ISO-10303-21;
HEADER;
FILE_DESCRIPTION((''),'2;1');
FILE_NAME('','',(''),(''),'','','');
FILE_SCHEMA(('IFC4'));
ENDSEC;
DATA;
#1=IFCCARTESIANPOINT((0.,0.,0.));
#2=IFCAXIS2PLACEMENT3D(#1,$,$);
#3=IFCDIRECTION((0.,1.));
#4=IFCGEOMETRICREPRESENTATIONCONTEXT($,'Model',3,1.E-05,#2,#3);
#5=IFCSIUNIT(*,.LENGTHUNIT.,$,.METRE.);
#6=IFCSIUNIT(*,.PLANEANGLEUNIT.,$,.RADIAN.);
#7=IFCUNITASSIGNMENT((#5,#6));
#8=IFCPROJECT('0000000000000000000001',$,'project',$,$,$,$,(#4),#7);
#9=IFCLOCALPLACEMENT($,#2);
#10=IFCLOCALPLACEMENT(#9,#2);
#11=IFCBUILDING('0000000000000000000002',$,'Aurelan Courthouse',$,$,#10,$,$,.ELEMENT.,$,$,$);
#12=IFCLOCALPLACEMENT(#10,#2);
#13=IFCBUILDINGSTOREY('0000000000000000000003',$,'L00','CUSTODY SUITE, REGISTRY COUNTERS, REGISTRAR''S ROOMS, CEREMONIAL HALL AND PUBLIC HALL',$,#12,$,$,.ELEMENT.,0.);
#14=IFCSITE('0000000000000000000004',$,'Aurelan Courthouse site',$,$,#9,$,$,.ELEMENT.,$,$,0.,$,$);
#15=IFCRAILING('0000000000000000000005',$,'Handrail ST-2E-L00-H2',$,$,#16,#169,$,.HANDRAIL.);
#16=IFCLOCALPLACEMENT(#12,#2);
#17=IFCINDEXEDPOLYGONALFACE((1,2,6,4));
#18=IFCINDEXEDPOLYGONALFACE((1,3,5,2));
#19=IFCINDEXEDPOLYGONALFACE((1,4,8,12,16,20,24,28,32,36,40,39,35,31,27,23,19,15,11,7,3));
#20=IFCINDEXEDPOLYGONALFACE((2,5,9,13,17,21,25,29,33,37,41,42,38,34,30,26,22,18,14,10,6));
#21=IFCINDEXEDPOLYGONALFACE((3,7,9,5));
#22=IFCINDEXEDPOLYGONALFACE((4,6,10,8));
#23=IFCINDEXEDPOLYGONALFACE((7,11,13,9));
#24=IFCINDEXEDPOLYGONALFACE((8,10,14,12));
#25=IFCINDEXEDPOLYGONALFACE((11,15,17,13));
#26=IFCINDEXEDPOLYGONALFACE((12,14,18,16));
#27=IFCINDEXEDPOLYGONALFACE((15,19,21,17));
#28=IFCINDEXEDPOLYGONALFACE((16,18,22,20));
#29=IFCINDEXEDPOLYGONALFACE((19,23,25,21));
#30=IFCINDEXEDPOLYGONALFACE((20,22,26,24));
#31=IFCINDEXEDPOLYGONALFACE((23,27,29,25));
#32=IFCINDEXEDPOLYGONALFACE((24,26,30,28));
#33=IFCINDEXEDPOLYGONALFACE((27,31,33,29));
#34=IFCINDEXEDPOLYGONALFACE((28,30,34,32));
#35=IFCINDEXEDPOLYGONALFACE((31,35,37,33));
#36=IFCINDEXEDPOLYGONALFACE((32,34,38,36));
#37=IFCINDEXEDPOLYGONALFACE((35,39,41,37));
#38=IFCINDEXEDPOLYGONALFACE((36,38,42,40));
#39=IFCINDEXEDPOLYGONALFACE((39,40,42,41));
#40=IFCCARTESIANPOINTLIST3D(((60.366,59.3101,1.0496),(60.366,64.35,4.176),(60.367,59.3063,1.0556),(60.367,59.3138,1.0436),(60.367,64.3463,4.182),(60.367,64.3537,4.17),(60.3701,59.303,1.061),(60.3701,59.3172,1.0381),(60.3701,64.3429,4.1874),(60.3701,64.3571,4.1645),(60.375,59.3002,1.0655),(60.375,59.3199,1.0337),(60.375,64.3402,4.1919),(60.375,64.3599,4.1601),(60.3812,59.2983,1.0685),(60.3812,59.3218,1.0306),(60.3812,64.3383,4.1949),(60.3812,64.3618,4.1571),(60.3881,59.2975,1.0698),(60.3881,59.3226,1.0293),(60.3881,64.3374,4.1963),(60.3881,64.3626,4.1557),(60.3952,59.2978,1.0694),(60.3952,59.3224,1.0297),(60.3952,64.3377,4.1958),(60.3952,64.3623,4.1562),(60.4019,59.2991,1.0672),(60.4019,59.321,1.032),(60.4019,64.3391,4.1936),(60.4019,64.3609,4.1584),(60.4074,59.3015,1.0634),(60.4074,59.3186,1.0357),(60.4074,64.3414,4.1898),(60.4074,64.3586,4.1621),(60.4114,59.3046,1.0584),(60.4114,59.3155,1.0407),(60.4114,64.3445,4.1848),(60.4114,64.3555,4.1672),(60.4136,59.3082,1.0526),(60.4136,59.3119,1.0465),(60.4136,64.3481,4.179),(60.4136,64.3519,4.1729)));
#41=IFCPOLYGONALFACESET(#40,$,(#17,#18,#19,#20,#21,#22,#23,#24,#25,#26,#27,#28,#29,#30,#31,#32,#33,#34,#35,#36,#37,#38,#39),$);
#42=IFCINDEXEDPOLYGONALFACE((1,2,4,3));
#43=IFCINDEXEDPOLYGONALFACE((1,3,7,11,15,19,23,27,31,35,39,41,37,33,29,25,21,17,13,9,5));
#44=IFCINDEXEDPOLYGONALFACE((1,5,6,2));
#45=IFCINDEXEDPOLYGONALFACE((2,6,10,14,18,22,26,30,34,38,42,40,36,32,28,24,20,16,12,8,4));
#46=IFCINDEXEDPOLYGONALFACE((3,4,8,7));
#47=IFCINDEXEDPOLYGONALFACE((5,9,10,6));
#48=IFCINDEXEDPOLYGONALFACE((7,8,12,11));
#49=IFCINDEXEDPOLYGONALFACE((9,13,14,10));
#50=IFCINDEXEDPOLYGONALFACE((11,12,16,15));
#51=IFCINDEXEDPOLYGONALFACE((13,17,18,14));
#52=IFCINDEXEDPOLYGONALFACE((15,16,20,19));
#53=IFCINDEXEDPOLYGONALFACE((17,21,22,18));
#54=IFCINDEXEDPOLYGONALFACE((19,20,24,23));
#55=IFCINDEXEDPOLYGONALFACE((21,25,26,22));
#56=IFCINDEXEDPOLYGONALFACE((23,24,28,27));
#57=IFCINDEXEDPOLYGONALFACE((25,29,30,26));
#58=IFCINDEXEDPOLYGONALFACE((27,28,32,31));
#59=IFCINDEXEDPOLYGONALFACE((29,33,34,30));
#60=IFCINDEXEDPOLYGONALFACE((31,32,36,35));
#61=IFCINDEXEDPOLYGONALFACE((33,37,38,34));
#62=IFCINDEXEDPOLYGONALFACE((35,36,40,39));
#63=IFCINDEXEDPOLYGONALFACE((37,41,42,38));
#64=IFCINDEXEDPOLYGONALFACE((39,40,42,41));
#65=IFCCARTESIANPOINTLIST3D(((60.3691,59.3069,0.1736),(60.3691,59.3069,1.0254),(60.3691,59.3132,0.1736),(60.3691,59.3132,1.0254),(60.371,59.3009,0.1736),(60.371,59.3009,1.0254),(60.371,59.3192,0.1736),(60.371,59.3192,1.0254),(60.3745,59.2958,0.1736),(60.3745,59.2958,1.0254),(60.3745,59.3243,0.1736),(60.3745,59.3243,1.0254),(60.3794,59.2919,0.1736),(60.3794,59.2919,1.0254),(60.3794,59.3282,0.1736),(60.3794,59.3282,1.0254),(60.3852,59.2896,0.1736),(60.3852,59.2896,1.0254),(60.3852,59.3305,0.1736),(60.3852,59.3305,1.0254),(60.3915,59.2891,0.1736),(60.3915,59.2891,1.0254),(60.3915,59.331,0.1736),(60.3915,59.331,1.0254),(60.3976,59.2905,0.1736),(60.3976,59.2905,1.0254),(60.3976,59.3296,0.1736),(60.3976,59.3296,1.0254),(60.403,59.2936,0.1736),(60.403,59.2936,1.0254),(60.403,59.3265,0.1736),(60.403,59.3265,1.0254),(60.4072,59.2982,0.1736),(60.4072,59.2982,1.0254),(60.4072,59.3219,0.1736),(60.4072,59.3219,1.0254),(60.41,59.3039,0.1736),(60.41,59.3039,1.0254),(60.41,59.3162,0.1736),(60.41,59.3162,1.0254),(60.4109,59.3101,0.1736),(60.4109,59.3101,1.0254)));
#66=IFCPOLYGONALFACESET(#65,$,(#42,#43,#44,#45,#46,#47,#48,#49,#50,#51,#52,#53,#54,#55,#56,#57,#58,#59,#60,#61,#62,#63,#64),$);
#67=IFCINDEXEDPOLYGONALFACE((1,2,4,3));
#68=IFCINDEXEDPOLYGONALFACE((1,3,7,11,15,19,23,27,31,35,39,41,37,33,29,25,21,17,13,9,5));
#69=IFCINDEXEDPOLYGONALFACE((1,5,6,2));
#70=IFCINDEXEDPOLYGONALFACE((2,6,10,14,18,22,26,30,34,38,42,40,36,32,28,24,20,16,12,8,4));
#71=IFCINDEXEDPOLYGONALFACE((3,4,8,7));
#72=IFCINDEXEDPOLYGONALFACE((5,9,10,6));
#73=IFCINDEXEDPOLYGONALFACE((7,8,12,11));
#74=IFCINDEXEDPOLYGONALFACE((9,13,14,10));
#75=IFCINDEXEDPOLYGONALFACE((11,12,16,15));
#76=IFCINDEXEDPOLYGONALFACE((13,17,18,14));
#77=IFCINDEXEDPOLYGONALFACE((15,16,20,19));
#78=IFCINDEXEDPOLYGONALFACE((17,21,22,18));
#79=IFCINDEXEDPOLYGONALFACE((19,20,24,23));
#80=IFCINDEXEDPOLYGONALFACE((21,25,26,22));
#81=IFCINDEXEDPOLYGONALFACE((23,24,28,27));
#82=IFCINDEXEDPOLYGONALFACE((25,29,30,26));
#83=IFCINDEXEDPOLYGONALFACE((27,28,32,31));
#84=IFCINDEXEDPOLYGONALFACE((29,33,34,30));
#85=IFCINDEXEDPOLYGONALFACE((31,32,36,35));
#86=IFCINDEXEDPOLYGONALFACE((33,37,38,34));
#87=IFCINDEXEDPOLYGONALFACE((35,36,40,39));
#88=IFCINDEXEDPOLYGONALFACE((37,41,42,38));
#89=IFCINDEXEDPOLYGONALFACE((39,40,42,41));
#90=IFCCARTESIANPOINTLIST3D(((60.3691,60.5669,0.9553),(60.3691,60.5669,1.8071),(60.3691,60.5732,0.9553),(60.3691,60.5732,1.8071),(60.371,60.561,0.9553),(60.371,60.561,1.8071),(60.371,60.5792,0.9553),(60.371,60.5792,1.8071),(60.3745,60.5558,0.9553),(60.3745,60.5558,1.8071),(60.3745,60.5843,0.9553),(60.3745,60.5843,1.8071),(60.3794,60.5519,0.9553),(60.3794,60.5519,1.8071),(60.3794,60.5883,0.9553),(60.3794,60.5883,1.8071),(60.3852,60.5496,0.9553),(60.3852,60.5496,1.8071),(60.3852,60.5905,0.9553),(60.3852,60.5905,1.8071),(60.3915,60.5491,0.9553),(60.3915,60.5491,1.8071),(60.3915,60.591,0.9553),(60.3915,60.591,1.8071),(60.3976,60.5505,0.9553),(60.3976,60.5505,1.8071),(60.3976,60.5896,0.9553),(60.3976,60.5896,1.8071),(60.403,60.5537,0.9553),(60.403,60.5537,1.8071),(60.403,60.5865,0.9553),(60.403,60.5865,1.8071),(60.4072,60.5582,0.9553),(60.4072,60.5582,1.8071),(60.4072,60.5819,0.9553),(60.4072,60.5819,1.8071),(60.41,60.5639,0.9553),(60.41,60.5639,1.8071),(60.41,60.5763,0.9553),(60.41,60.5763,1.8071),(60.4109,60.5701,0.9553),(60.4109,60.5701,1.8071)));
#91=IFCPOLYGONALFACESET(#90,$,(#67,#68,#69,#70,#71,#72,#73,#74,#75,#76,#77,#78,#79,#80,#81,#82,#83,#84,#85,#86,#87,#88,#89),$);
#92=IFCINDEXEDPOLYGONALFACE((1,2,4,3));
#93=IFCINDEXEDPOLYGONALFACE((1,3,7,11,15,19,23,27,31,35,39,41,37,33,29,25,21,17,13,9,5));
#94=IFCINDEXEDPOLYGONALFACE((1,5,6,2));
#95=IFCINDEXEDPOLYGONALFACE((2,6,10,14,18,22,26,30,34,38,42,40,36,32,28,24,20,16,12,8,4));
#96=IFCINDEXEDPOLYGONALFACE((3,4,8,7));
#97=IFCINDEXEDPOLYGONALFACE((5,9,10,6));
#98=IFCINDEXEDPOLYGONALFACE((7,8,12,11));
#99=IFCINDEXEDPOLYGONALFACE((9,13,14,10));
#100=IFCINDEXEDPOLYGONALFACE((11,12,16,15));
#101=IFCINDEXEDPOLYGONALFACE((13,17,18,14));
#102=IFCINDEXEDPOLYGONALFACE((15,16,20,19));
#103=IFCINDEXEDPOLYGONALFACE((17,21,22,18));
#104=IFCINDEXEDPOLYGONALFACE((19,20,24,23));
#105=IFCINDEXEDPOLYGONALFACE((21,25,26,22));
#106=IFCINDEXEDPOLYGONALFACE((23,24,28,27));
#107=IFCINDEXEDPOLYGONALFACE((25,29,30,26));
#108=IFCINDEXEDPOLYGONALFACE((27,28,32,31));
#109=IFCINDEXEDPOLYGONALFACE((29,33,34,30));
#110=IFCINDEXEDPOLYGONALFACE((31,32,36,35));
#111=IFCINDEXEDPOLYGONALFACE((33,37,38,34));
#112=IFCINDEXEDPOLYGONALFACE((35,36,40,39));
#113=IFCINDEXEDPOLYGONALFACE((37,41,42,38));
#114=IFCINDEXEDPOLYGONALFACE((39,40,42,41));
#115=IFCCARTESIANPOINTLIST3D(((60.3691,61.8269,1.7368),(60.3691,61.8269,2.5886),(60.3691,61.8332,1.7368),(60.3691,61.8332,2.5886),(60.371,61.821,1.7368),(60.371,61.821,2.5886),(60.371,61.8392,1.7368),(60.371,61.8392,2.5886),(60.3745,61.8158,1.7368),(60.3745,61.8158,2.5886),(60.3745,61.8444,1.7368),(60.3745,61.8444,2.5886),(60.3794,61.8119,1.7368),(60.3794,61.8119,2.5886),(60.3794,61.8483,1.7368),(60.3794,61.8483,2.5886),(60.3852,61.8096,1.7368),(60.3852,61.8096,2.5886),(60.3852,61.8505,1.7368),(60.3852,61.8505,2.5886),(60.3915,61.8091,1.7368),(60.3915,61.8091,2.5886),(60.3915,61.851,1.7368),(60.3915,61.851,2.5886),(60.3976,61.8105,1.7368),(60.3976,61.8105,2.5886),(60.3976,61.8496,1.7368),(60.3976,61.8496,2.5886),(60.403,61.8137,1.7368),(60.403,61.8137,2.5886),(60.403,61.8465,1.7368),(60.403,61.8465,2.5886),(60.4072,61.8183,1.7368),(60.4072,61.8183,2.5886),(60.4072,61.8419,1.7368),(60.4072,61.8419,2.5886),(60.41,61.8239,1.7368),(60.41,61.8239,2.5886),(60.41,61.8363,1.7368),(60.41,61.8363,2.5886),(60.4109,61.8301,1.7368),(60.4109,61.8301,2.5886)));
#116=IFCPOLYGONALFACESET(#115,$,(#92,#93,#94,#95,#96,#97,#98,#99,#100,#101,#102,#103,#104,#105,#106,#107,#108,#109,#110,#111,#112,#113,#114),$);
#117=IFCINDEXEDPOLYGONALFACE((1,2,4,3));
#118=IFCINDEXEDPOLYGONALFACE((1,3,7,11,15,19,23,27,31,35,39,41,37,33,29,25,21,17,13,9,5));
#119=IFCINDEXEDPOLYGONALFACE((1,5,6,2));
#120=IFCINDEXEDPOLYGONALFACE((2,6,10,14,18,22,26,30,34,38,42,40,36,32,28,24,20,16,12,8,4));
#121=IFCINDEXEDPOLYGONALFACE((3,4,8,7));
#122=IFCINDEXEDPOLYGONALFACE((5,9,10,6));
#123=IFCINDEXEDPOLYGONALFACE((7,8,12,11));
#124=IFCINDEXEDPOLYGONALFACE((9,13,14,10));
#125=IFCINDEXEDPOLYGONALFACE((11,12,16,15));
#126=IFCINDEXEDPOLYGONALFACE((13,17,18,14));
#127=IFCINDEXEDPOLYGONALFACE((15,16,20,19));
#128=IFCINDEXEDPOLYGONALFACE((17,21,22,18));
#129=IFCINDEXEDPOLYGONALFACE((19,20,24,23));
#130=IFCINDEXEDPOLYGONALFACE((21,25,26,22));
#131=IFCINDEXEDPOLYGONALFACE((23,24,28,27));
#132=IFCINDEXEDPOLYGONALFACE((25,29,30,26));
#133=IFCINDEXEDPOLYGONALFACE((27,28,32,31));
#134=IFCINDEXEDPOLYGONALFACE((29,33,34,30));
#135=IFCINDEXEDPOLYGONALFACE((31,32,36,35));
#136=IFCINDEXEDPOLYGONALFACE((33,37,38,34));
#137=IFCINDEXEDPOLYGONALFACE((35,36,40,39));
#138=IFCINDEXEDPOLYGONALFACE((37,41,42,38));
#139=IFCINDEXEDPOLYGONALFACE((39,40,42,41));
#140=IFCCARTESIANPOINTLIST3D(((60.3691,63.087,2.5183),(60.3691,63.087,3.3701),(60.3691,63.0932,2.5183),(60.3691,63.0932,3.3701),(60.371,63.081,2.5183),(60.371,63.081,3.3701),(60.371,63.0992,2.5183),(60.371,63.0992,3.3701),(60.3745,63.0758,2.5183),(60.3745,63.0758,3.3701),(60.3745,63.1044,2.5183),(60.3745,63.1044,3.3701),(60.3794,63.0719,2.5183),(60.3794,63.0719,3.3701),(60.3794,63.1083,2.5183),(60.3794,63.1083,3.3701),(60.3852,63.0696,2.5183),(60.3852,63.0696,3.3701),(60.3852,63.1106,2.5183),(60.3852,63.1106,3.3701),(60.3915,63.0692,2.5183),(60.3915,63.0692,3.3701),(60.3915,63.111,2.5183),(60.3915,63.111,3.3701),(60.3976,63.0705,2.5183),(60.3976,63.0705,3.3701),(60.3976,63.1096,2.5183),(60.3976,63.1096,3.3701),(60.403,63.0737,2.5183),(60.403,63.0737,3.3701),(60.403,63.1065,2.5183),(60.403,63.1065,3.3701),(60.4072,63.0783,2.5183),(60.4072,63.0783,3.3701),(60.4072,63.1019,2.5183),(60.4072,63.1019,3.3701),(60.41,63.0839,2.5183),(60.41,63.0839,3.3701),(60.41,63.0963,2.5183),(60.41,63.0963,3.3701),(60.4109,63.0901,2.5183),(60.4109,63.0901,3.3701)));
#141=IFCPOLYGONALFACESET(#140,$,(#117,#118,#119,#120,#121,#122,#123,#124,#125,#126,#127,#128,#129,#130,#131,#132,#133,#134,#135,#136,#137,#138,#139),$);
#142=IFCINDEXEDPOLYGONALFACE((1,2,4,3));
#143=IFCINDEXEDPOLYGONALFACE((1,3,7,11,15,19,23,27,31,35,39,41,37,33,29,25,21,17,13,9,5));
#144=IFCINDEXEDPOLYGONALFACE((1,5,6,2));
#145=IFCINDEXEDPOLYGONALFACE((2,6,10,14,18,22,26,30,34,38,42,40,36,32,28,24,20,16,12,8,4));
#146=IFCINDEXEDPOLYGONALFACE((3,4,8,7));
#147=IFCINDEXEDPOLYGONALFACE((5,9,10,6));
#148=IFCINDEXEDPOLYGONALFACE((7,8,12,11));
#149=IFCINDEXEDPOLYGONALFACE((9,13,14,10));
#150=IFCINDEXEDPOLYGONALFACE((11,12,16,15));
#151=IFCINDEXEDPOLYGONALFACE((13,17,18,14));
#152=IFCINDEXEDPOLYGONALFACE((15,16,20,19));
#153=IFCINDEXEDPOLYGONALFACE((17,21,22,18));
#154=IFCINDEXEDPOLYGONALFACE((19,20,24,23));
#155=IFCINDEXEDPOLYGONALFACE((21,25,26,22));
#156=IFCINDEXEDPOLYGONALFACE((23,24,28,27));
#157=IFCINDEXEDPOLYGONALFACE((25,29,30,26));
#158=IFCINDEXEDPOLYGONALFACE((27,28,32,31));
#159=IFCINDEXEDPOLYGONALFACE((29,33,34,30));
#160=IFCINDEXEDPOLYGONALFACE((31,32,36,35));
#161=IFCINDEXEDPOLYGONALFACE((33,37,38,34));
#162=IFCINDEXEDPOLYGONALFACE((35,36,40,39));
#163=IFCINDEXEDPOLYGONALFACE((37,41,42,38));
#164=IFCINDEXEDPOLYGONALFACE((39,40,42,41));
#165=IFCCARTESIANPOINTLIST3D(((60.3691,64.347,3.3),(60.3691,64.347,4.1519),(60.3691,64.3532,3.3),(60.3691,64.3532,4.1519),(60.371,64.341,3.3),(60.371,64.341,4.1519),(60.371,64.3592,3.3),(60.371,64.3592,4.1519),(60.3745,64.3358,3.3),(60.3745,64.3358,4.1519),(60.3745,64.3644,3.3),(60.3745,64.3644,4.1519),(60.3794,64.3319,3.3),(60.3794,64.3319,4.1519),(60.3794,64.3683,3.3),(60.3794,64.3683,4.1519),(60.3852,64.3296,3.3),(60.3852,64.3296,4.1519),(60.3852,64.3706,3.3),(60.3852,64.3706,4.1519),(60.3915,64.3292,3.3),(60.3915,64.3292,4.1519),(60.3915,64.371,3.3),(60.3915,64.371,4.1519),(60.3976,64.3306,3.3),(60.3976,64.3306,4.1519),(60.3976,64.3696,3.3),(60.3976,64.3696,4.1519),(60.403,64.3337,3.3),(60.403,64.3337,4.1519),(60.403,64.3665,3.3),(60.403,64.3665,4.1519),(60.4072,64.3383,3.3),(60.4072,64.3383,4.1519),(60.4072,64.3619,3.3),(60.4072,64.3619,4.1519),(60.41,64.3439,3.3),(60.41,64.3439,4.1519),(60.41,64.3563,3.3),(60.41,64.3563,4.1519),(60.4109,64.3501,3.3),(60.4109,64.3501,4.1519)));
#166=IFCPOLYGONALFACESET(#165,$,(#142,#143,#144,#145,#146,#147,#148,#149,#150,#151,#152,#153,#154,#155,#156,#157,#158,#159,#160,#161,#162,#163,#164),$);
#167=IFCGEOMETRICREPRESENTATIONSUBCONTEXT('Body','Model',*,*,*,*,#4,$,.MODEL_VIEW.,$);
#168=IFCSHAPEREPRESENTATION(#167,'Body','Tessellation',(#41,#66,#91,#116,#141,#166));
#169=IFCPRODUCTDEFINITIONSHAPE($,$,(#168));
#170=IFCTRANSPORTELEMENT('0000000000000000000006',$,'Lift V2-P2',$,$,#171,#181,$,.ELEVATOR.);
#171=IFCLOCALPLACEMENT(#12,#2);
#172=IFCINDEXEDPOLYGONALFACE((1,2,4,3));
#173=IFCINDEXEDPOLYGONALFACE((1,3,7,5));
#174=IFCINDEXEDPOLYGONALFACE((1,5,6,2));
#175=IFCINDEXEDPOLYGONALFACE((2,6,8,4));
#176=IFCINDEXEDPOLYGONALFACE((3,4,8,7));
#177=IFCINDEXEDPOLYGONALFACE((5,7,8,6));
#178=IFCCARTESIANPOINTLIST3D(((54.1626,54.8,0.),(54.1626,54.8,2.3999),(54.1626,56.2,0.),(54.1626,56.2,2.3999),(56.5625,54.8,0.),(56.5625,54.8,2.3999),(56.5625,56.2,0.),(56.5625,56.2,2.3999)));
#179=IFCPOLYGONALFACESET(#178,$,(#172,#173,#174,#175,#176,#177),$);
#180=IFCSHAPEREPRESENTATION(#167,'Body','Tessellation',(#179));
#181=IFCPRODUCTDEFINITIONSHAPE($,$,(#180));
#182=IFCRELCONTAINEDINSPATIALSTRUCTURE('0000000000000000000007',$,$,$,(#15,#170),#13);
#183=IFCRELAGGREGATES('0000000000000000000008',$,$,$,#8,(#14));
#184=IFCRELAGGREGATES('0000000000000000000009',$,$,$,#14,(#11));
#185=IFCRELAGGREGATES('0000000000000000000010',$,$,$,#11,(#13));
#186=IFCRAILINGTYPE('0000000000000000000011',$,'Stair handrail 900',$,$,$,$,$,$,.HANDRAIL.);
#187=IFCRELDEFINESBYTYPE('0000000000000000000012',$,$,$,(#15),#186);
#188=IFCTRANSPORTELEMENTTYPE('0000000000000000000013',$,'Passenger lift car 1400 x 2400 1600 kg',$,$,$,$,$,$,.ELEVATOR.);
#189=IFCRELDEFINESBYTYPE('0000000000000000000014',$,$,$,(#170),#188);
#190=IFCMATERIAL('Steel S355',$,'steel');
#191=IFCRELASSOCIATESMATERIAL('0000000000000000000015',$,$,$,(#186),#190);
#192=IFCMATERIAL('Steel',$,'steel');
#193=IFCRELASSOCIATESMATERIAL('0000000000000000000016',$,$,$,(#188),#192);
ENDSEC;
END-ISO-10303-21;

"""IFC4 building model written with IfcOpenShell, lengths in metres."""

from ifc_helpers import new_model, si_unit, direction, frame, origin, origin_2d, place, context, subcontext, project, spatial, rectangle, circle, extrude, material, type_object, element, save


model = new_model("IFC4")

# Units and contexts
model_context = context("Model", 3, precision=1e-05, world=origin(), true_north=direction((0.0, 1.0)))
body_context = subcontext(model_context, "Body", "Model", "MODEL_VIEW")
ifc_project = project(units=[si_unit("LENGTHUNIT", "METRE"), si_unit("PLANEANGLEUNIT", "RADIAN")], contexts=[model_context])

# Site, building, storey
site_placement = place(None, origin())
site = spatial("IfcSite", under=ifc_project, at=site_placement, Name="Aurelan Courthouse site", CompositionType="ELEMENT", RefElevation=0.0)
building_placement = place(site_placement, origin())
building = spatial("IfcBuilding", under=site, at=building_placement, Name="Aurelan Courthouse", CompositionType="ELEMENT")
storey_placement = place(building_placement, origin())
storey = spatial("IfcBuildingStorey", under=building, at=storey_placement, Name="L00", Description="CUSTODY SUITE, REGISTRY COUNTERS, REGISTRAR'S ROOMS, CEREMONIAL HALL AND PUBLIC HALL", CompositionType="ELEMENT", Elevation=0.0)

# Shared definitions
ifc_material_1 = material(Name="Steel", Category="steel")

# Railing
ifc_material_2 = material(Name="Steel S355", Category="steel")
railing_type = type_object("IfcRailingType", Name="Stair handrail 900", PredefinedType="HANDRAIL", material=ifc_material_2)
for number, where, name in (
    (1, (60.3899, 59.3101, 0.1736), "Handrail ST-2E-L00-H2"),
):
    element("IfcRailing", number, at=place(storey_placement, frame(where)), inside=storey, type_object=railing_type, Name=name, PredefinedType="HANDRAIL", context=body_context, shape_type="SweptSolid", body=[
        extrude(circle(Radius=0.0239, at=origin_2d()), frame((0.0, 0.0, 0.876), z_axis=(0.0, 0.849779, 0.527139), x_axis=(-1.0, 0.0, 0.0)), (0.0, 0.0, 1.0), 5.9309),
        extrude(circle(Radius=0.021, at=origin_2d()), origin(), (0.0, 0.0, 1.0), 0.8518),
        extrude(circle(Radius=0.021, at=origin_2d()), frame((0.0, 1.26, 0.7817)), (0.0, 0.0, 1.0), 0.8518),
        extrude(circle(Radius=0.021, at=origin_2d()), frame((0.0, 2.52, 1.5632)), (0.0, 0.0, 1.0), 0.8518),
        extrude(circle(Radius=0.021, at=origin_2d()), frame((0.0, 3.78, 2.3447)), (0.0, 0.0, 1.0), 0.8518),
        extrude(circle(Radius=0.021, at=origin_2d()), frame((0.0, 5.04, 3.1265)), (0.0, 0.0, 1.0), 0.8518),
    ])

# Transport element
transport_element_type = type_object("IfcTransportElementType", Name="Passenger lift car 1400 x 2400 1600 kg", PredefinedType="ELEVATOR", material=ifc_material_1)
transport_element_placement = place(storey_placement, frame((55.3625, 55.5, 0.0), z_axis=(0.0, 0.0, 1.0), x_axis=(1.0, 0.0, 0.0)))
element("IfcTransportElement", 2, at=transport_element_placement, inside=storey, type_object=transport_element_type, Name="Lift V2-P2", PredefinedType="ELEVATOR", context=body_context, shape_type="SweptSolid", body=[
    extrude(rectangle(XDim=2.3999, YDim=1.3999, at=origin_2d()), origin(), (0.0, 0.0, 1.0), 2.3999),
])

save(model, "model.ifc")
